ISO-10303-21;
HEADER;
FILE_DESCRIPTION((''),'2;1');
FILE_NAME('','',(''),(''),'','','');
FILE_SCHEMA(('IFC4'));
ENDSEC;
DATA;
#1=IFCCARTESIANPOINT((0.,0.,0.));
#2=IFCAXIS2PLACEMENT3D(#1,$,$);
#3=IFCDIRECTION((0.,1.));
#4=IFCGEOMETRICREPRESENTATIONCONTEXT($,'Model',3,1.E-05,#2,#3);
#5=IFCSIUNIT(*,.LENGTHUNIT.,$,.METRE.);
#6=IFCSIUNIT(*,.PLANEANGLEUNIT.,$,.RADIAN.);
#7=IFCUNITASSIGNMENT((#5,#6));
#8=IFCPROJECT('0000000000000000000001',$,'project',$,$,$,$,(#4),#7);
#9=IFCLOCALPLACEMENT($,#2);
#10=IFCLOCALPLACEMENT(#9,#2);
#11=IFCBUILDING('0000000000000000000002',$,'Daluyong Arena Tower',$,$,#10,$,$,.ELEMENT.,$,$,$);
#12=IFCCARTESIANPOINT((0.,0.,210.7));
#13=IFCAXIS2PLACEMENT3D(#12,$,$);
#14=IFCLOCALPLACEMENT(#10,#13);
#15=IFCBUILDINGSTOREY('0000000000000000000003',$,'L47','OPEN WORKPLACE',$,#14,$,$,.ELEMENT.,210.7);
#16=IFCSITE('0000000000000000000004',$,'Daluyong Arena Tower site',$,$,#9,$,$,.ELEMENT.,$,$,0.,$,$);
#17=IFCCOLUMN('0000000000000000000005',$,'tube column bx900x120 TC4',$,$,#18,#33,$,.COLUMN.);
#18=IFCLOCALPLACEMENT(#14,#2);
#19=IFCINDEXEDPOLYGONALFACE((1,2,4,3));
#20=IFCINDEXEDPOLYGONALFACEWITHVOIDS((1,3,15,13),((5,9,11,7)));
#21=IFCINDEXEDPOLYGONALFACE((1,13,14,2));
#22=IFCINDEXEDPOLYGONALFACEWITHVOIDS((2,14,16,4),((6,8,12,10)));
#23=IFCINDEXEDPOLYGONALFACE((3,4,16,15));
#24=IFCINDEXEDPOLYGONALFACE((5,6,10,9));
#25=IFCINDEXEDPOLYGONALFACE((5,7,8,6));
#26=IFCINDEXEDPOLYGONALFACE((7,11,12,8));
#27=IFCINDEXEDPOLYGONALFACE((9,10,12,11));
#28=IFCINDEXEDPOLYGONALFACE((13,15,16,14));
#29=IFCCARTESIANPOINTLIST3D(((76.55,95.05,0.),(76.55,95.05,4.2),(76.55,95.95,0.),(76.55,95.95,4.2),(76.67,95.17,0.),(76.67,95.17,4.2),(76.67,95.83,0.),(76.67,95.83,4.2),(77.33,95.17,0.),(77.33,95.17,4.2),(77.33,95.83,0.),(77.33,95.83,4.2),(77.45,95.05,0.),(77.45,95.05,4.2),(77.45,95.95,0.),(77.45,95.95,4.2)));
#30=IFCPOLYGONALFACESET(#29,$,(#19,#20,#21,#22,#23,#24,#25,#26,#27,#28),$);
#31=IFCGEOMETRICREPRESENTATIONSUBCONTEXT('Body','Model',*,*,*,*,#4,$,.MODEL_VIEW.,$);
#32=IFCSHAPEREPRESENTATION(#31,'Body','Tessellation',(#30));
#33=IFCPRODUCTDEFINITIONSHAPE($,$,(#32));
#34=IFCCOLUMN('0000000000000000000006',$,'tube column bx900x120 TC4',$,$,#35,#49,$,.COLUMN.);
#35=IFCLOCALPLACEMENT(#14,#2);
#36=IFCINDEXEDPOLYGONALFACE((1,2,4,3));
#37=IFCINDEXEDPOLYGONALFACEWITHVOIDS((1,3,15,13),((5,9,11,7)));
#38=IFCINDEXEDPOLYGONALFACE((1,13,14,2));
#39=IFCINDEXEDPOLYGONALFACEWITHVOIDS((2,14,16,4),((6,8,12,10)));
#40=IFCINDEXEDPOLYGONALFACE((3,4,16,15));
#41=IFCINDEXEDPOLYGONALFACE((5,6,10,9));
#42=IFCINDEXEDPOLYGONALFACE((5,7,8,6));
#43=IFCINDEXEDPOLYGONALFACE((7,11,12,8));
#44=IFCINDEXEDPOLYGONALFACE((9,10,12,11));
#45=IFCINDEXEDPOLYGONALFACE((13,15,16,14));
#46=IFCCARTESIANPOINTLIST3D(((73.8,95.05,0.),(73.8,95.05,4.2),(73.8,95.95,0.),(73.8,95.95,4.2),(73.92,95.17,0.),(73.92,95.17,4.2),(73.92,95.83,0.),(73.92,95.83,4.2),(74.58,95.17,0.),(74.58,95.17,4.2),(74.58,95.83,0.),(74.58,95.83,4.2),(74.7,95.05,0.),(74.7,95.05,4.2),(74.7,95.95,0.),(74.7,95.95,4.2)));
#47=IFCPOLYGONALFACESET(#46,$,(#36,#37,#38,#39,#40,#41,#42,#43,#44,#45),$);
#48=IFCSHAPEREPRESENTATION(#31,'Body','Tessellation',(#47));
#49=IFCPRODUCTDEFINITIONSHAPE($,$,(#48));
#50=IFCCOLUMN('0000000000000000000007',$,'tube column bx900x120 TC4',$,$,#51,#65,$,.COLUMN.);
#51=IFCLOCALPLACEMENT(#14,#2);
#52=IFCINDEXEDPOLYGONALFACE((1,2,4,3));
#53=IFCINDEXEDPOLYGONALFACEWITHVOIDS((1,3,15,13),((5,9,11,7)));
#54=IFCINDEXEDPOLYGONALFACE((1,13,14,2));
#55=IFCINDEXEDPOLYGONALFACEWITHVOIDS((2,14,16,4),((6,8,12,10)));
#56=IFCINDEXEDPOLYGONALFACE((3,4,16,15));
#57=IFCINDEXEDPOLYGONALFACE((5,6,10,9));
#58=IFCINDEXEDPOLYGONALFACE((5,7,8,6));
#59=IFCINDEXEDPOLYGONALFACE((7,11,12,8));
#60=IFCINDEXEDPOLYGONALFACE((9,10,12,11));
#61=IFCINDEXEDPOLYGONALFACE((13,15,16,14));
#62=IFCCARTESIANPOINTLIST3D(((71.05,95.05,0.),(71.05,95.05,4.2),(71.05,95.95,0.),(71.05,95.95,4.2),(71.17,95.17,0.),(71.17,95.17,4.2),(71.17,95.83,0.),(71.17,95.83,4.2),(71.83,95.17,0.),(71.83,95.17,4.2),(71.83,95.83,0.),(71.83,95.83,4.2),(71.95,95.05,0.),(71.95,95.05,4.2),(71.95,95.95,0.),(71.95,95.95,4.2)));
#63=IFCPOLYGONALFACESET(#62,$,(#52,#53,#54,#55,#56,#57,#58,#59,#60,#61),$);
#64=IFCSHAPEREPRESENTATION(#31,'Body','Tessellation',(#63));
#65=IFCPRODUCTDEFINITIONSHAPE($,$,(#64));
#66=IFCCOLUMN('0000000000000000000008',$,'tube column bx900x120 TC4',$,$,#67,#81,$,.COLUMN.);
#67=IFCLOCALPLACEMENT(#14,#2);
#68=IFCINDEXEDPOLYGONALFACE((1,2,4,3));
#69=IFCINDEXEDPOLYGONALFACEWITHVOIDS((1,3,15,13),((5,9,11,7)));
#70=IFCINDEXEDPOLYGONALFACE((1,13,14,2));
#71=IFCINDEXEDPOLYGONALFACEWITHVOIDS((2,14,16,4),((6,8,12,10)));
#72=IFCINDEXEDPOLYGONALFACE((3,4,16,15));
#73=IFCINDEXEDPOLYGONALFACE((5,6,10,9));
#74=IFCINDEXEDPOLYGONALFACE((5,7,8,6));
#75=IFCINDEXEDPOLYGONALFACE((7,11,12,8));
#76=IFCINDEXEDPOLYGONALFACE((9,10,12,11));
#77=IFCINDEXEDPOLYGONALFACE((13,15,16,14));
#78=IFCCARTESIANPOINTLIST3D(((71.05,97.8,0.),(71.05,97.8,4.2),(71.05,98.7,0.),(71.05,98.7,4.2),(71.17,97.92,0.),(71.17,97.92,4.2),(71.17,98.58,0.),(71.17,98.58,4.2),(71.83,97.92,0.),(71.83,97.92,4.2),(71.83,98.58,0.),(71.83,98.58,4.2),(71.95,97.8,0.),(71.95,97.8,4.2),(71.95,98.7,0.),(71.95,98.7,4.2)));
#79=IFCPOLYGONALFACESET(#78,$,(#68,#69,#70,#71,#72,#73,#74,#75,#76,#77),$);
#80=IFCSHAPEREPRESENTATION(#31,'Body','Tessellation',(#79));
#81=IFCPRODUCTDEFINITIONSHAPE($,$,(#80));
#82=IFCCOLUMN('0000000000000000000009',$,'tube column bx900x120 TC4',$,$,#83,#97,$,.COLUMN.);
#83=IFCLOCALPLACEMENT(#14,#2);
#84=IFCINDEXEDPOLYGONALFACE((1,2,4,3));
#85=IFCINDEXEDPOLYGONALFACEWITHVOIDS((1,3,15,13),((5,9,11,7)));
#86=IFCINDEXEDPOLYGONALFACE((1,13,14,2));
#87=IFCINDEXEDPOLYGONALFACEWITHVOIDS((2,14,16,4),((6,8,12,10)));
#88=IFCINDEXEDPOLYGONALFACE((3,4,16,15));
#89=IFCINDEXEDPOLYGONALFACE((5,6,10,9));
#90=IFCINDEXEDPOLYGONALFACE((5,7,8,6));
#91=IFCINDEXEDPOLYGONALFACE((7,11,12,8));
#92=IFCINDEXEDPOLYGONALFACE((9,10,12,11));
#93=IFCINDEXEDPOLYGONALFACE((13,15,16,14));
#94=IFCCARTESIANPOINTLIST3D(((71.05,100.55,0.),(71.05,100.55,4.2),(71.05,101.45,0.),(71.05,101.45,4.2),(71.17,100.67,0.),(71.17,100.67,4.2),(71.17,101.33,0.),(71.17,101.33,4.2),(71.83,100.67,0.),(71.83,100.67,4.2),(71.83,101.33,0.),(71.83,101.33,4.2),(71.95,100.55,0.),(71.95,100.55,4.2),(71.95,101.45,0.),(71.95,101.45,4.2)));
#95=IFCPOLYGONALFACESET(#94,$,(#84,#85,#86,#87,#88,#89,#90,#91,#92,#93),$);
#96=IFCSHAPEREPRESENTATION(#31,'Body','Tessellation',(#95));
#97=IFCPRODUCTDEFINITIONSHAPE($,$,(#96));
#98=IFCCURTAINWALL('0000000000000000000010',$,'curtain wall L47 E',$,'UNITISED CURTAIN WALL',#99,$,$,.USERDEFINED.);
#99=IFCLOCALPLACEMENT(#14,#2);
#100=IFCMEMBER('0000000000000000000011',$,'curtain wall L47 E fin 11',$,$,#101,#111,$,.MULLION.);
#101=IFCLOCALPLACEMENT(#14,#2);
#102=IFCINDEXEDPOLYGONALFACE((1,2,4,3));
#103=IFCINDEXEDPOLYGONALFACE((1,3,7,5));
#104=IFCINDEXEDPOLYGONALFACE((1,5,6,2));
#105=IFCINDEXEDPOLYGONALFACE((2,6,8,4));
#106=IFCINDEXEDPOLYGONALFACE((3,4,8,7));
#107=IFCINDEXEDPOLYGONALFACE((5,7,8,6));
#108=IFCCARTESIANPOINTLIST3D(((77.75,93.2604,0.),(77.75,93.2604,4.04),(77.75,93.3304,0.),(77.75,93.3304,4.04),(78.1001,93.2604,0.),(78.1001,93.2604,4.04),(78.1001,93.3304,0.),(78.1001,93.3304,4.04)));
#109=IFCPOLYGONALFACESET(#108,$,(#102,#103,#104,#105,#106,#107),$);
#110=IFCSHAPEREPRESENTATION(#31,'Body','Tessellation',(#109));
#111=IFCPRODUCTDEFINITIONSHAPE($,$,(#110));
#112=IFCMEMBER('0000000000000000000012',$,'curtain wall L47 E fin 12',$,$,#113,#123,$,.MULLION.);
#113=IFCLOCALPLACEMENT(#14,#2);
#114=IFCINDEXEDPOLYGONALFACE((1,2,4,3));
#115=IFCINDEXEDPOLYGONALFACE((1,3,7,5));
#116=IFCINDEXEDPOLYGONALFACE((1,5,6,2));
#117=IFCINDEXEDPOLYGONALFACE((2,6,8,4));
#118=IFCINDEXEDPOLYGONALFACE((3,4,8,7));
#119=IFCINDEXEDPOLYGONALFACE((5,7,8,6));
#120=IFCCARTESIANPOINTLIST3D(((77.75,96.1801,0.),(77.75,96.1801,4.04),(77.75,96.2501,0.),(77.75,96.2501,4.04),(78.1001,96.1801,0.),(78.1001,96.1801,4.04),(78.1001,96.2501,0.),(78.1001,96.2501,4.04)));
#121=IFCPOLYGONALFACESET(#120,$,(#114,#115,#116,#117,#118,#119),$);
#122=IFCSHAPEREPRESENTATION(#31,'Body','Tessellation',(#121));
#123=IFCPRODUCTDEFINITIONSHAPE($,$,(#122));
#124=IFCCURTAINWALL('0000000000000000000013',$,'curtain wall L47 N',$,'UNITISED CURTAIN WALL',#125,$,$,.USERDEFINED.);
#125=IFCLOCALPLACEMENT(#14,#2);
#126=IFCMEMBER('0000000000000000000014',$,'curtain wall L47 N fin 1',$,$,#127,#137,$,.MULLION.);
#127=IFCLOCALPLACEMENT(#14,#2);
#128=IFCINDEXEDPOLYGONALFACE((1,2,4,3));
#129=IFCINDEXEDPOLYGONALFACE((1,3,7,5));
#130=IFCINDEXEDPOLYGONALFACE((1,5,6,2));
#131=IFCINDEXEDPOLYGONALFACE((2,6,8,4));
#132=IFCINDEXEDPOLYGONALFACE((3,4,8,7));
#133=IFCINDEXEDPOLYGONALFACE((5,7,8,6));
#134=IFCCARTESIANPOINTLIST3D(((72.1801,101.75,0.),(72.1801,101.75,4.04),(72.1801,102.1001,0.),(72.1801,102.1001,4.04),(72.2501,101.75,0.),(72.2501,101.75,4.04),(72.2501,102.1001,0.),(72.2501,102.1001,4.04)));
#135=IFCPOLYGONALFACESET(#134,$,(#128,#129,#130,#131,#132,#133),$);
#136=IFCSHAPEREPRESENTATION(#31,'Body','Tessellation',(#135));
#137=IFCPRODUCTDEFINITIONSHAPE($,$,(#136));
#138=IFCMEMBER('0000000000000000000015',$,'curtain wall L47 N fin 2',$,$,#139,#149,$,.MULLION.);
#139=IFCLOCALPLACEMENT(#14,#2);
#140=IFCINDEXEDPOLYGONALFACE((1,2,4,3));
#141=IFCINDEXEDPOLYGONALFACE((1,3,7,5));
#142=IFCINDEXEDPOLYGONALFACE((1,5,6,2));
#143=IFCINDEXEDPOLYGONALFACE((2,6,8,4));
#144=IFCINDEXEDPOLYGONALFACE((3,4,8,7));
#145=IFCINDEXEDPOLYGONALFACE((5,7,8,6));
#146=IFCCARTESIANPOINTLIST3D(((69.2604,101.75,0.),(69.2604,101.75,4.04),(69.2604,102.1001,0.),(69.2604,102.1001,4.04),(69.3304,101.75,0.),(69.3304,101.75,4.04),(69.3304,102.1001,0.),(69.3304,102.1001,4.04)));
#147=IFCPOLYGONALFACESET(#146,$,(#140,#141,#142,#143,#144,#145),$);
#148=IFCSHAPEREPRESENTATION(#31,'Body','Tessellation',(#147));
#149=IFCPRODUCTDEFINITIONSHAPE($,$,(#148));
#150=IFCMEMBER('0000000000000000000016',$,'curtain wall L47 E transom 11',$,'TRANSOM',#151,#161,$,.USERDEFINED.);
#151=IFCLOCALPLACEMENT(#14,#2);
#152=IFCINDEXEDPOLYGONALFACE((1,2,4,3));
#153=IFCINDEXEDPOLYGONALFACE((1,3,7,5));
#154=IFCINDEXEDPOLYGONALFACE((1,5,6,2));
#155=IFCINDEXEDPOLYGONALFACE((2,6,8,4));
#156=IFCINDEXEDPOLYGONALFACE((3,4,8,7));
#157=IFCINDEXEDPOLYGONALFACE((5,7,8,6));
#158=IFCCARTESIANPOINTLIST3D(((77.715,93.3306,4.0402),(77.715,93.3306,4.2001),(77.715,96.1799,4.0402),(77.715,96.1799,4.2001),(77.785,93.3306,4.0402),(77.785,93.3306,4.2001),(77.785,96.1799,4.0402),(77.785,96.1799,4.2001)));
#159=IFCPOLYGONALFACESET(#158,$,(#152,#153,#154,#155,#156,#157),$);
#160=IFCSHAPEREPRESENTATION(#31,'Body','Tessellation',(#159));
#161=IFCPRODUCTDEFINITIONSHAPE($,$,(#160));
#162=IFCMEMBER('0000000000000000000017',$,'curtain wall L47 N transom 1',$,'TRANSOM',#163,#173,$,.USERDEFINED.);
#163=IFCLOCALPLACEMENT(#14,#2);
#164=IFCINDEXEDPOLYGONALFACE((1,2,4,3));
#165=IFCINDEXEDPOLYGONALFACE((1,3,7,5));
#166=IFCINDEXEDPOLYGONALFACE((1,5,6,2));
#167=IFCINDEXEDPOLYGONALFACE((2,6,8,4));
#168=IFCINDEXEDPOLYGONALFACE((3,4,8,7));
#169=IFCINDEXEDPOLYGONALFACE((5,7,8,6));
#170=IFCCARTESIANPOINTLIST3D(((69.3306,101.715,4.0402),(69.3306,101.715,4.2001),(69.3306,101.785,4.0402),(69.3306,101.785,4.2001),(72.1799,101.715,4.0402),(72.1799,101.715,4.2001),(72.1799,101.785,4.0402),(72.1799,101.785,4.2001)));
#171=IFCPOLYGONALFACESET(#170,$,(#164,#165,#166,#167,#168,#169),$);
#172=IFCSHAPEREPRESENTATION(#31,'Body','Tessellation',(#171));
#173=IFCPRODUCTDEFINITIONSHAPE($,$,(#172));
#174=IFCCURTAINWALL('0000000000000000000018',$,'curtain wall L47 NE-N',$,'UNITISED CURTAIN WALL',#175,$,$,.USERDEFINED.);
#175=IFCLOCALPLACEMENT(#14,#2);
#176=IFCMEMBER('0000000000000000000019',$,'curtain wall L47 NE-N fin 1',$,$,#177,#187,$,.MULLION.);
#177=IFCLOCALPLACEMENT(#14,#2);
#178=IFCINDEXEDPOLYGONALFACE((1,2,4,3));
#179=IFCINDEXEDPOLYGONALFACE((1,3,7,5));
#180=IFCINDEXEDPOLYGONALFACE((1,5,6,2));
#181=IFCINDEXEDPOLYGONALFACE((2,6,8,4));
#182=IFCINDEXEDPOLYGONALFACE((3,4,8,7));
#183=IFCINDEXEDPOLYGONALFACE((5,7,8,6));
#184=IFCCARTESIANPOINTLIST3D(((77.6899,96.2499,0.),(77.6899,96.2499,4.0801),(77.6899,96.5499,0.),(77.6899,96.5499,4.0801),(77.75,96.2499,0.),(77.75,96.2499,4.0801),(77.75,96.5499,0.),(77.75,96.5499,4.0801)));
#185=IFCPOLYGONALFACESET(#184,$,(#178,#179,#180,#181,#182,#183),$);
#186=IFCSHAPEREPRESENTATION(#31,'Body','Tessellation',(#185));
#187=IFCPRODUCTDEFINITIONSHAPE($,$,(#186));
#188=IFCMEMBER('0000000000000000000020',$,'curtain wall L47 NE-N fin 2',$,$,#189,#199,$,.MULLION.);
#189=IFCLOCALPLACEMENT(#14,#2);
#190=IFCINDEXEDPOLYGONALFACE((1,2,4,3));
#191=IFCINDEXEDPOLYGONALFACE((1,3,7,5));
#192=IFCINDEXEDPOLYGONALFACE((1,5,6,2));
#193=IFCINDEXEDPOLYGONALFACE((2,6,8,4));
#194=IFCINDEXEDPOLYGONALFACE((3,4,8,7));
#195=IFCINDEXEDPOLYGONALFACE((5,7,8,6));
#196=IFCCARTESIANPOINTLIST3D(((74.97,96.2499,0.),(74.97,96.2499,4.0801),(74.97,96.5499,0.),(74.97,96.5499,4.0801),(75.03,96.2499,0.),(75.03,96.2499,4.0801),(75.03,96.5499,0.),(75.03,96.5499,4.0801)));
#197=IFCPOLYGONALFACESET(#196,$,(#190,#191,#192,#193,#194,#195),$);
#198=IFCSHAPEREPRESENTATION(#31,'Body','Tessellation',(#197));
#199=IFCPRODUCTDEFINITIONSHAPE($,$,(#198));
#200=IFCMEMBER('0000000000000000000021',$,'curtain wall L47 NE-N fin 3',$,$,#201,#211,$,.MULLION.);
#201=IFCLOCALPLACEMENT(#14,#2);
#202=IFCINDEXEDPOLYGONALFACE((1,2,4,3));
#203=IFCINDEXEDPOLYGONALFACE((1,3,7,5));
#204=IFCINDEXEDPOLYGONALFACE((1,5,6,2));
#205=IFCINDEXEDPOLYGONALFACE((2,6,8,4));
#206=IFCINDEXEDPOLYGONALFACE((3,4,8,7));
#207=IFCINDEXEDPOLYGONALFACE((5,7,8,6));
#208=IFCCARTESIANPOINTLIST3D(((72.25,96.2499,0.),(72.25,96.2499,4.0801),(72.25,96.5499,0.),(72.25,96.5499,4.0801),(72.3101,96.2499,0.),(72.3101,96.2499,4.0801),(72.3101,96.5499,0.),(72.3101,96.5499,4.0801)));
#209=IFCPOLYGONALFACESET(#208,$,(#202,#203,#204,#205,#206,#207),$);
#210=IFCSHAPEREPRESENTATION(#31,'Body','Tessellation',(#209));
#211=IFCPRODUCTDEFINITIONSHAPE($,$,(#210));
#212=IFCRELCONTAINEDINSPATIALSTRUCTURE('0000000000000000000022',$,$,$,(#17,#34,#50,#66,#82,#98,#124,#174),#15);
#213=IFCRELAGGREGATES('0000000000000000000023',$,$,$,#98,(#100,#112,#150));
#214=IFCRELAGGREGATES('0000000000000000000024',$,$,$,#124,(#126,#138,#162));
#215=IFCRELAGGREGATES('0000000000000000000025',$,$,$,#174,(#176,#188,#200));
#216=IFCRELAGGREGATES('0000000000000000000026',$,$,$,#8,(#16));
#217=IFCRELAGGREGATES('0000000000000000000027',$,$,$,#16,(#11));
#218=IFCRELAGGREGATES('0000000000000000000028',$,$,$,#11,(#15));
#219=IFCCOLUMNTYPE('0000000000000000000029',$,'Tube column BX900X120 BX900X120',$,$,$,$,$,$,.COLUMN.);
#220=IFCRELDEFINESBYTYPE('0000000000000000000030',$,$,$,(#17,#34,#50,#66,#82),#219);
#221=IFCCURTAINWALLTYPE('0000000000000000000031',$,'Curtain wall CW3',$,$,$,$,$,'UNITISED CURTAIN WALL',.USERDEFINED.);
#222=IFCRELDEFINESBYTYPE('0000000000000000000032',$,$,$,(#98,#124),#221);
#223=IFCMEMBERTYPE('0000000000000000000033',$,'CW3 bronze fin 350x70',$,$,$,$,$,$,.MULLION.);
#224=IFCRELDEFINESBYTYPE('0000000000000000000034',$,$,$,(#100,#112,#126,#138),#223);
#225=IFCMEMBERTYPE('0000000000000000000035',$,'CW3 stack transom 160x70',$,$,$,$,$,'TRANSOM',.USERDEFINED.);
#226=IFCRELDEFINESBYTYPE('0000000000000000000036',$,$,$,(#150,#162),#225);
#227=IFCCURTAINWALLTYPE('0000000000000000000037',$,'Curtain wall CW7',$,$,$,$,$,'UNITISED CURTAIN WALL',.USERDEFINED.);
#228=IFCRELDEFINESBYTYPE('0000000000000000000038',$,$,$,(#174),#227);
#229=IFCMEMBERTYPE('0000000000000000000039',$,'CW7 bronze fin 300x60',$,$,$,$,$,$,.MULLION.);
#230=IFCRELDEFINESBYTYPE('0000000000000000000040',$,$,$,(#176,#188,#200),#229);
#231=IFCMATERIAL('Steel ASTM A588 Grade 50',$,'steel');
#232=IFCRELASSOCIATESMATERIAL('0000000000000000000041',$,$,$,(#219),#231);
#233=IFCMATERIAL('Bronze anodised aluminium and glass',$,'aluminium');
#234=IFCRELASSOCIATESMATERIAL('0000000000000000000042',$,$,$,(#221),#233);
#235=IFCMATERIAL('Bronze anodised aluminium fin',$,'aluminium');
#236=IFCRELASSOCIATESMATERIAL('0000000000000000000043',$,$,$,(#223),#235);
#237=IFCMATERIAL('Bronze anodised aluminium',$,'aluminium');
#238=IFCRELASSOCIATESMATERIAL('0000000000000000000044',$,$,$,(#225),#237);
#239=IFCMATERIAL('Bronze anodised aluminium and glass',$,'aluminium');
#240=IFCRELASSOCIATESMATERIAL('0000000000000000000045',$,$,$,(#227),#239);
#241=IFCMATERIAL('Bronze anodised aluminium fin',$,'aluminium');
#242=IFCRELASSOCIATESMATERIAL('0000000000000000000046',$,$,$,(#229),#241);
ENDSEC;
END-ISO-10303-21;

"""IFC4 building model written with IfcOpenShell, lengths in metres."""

from ifc_helpers import new_model, si_unit, direction, frame, origin, origin_2d, place, context, subcontext, project, spatial, rectangle, hollow_rectangle, extrude, material, material_profile, profile_set, type_object, element, aggregate, save


model = new_model("IFC4")

# Units and contexts
model_context = context("Model", 3, precision=1e-05, world=origin(), true_north=direction((0.0, 1.0)))
body_context = subcontext(model_context, "Body", "Model", "MODEL_VIEW")
ifc_project = project(units=[si_unit("LENGTHUNIT", "METRE"), si_unit("PLANEANGLEUNIT", "RADIAN")], contexts=[model_context])

# Site, building, storey
site_placement = place(None, origin())
site = spatial("IfcSite", under=ifc_project, at=site_placement, Name="Daluyong Arena Tower site", CompositionType="ELEMENT", RefElevation=0.0)
building_placement = place(site_placement, origin())
building = spatial("IfcBuilding", under=site, at=building_placement, Name="Daluyong Arena Tower", CompositionType="ELEMENT")
storey_placement = place(building_placement, frame((0.0, 0.0, 210.7)))
storey = spatial("IfcBuildingStorey", under=building, at=storey_placement, Name="L47", Description="OPEN WORKPLACE", CompositionType="ELEMENT", Elevation=210.7)

# Columns
ifc_material_1 = material(Name="Steel ASTM A588 Grade 50", Category="steel")
ifc_material_profile_1 = material_profile(ifc_material_1, hollow_rectangle(XDim=0.8999, YDim=0.8999, WallThickness=0.12, at=origin_2d()))
ifc_profile_set_1 = profile_set([ifc_material_profile_1], Name="Steel ASTM A588 Grade 50")
column_type = type_object("IfcColumnType", Name="Tube column BX900X120 BX900X120", PredefinedType="COLUMN", material=ifc_profile_set_1)
for number, where, z_axis, x_axis, name in (
    (1, (77.0, 95.5, 0.0), (0.0, 0.0, 1.0), (1.0, 0.0, 0.0), "tube column bx900x120 TC4"),
    (2, (74.25, 95.5, 0.0), (0.0, 0.0, 1.0), (1.0, 0.0, 0.0), "tube column bx900x120 TC4"),
    (3, (71.5, 95.5, 0.0), (0.0, 0.0, 1.0), (0.0, 1.0, 0.0), "tube column bx900x120 TC4"),
    (4, (71.5, 98.25, 0.0), (0.0, 0.0, 1.0), (0.0, 1.0, 0.0), "tube column bx900x120 TC4"),
    (5, (71.5, 101.0, 0.0), (0.0, 0.0, 1.0), (1.0, 0.0, 0.0), "tube column bx900x120 TC4"),
):
    element("IfcColumn", number, at=place(storey_placement, frame(where, z_axis=z_axis, x_axis=x_axis)), inside=storey, type_object=column_type, Name=name, PredefinedType="COLUMN", context=body_context, shape_type="SweptSolid", body=[
        extrude(hollow_rectangle(XDim=0.8999, YDim=0.8999, WallThickness=0.12, at=origin_2d()), origin(), (0.0, 0.0, 1.0), 4.2),
    ])

# Curtain walls, members
ifc_material_2 = material(Name="Bronze anodised aluminium and glass", Category="aluminium")
curtain_wall_type_1 = type_object("IfcCurtainWallType", Name="Curtain wall CW3", ElementType="UNITISED CURTAIN WALL", PredefinedType="USERDEFINED", material=ifc_material_2)
curtain_wall_1_placement = place(storey_placement, origin())
curtain_wall_1 = element("IfcCurtainWall", 6, at=curtain_wall_1_placement, inside=storey, type_object=curtain_wall_type_1, Name="curtain wall L47 E", ObjectType="UNITISED CURTAIN WALL", PredefinedType="USERDEFINED")
ifc_material_3 = material(Name="Bronze anodised aluminium fin", Category="aluminium")
ifc_material_profile_2 = material_profile(ifc_material_3, rectangle(XDim=0.3501, YDim=0.0701, at=origin_2d()))
ifc_profile_set_2 = profile_set([ifc_material_profile_2], Name="Bronze anodised aluminium fin")
member_type_1 = type_object("IfcMemberType", Name="CW3 bronze fin 350x70", PredefinedType="MULLION", material=ifc_profile_set_2)
member_1_placement = place(storey_placement, frame((77.925, 93.2954, 0.0), z_axis=(0.0, 0.0, 1.0), x_axis=(-1.0, 0.0, 0.0)))
member_1 = element("IfcMember", 7, at=member_1_placement, type_object=member_type_1, Name="curtain wall L47 E fin 11", PredefinedType="MULLION", context=body_context, shape_type="SweptSolid", body=[
    extrude(rectangle(XDim=0.3501, YDim=0.0701, at=origin_2d()), origin(), (0.0, 0.0, 1.0), 4.04),
])
member_2_placement = place(storey_placement, frame((77.925, 96.2151, 0.0), z_axis=(0.0, 0.0, 1.0), x_axis=(-1.0, 0.0, 0.0)))
member_2 = element("IfcMember", 8, at=member_2_placement, type_object=member_type_1, Name="curtain wall L47 E fin 12", PredefinedType="MULLION", context=body_context, shape_type="SweptSolid", body=[
    extrude(rectangle(XDim=0.3501, YDim=0.0701, at=origin_2d()), origin(), (0.0, 0.0, 1.0), 4.04),
])
curtain_wall_2_placement = place(storey_placement, origin())
curtain_wall_2 = element("IfcCurtainWall", 9, at=curtain_wall_2_placement, inside=storey, type_object=curtain_wall_type_1, Name="curtain wall L47 N", ObjectType="UNITISED CURTAIN WALL", PredefinedType="USERDEFINED")
member_3_placement = place(storey_placement, frame((72.2151, 101.925, 0.0), z_axis=(0.0, 0.0, 1.0), x_axis=(0.0, -1.0, 0.0)))
member_3 = element("IfcMember", 10, at=member_3_placement, type_object=member_type_1, Name="curtain wall L47 N fin 1", PredefinedType="MULLION", context=body_context, shape_type="SweptSolid", body=[
    extrude(rectangle(XDim=0.3501, YDim=0.0701, at=origin_2d()), origin(), (0.0, 0.0, 1.0), 4.04),
])
member_4_placement = place(storey_placement, frame((69.2954, 101.925, 0.0), z_axis=(0.0, 0.0, 1.0), x_axis=(0.0, -1.0, 0.0)))
member_4 = element("IfcMember", 11, at=member_4_placement, type_object=member_type_1, Name="curtain wall L47 N fin 2", PredefinedType="MULLION", context=body_context, shape_type="SweptSolid", body=[
    extrude(rectangle(XDim=0.3501, YDim=0.0701, at=origin_2d()), origin(), (0.0, 0.0, 1.0), 4.04),
])

# Members
ifc_material_4 = material(Name="Bronze anodised aluminium", Category="aluminium")
ifc_material_profile_3 = material_profile(ifc_material_4, rectangle(XDim=0.0701, YDim=0.1599, at=origin_2d()))
ifc_profile_set_3 = profile_set([ifc_material_profile_3], Name="Bronze anodised aluminium")
member_type_2 = type_object("IfcMemberType", Name="CW3 stack transom 160x70", ElementType="TRANSOM", PredefinedType="USERDEFINED", material=ifc_profile_set_3)
member_5_placement = place(storey_placement, frame((77.75, 93.3306, 4.1201), z_axis=(0.0, 1.0, 0.0), x_axis=(-1.0, 0.0, 0.0)))
member_5 = element("IfcMember", 12, at=member_5_placement, type_object=member_type_2, Name="curtain wall L47 E transom 11", ObjectType="TRANSOM", PredefinedType="USERDEFINED", context=body_context, shape_type="SweptSolid", body=[
    extrude(rectangle(XDim=0.0701, YDim=0.1599, at=origin_2d()), origin(), (0.0, 0.0, 1.0), 2.8494),
])
member_6_placement = place(storey_placement, frame((72.1799, 101.75, 4.1201), z_axis=(-1.0, 0.0, 0.0), x_axis=(0.0, -1.0, 0.0)))
member_6 = element("IfcMember", 13, at=member_6_placement, type_object=member_type_2, Name="curtain wall L47 N transom 1", ObjectType="TRANSOM", PredefinedType="USERDEFINED", context=body_context, shape_type="SweptSolid", body=[
    extrude(rectangle(XDim=0.0701, YDim=0.1599, at=origin_2d()), origin(), (0.0, 0.0, 1.0), 2.8494),
])

# Curtain wall, members
ifc_material_5 = material(Name="Bronze anodised aluminium and glass", Category="aluminium")
curtain_wall_type_2 = type_object("IfcCurtainWallType", Name="Curtain wall CW7", ElementType="UNITISED CURTAIN WALL", PredefinedType="USERDEFINED", material=ifc_material_5)
curtain_wall_3_placement = place(storey_placement, origin())
curtain_wall_3 = element("IfcCurtainWall", 14, at=curtain_wall_3_placement, inside=storey, type_object=curtain_wall_type_2, Name="curtain wall L47 NE-N", ObjectType="UNITISED CURTAIN WALL", PredefinedType="USERDEFINED")
ifc_material_6 = material(Name="Bronze anodised aluminium fin", Category="aluminium")
ifc_material_profile_4 = material_profile(ifc_material_6, rectangle(XDim=0.3, YDim=0.0601, at=origin_2d()))
ifc_profile_set_4 = profile_set([ifc_material_profile_4], Name="Bronze anodised aluminium fin")
member_type_3 = type_object("IfcMemberType", Name="CW7 bronze fin 300x60", PredefinedType="MULLION", material=ifc_profile_set_4)
member_7_placement = place(storey_placement, frame((77.72, 96.3999, 0.0), z_axis=(0.0, 0.0, 1.0), x_axis=(0.0, -1.0, 0.0)))
member_7 = element("IfcMember", 15, at=member_7_placement, type_object=member_type_3, Name="curtain wall L47 NE-N fin 1", PredefinedType="MULLION", context=body_context, shape_type="SweptSolid", body=[
    extrude(rectangle(XDim=0.3, YDim=0.0601, at=origin_2d()), origin(), (0.0, 0.0, 1.0), 4.0801),
])
member_8_placement = place(storey_placement, frame((75.0, 96.3999, 0.0), z_axis=(0.0, 0.0, 1.0), x_axis=(0.0, -1.0, 0.0)))
member_8 = element("IfcMember", 16, at=member_8_placement, type_object=member_type_3, Name="curtain wall L47 NE-N fin 2", PredefinedType="MULLION", context=body_context, shape_type="SweptSolid", body=[
    extrude(rectangle(XDim=0.3, YDim=0.0601, at=origin_2d()), origin(), (0.0, 0.0, 1.0), 4.0801),
])
member_9_placement = place(storey_placement, frame((72.28, 96.3999, 0.0), z_axis=(0.0, 0.0, 1.0), x_axis=(0.0, -1.0, 0.0)))
member_9 = element("IfcMember", 17, at=member_9_placement, type_object=member_type_3, Name="curtain wall L47 NE-N fin 3", PredefinedType="MULLION", context=body_context, shape_type="SweptSolid", body=[
    extrude(rectangle(XDim=0.3, YDim=0.0601, at=origin_2d()), origin(), (0.0, 0.0, 1.0), 4.0801),
])

aggregate(curtain_wall_1, [member_1, member_2, member_5])
aggregate(curtain_wall_2, [member_3, member_4, member_6])
aggregate(curtain_wall_3, [member_7, member_8, member_9])

save(model, "model.ifc")
